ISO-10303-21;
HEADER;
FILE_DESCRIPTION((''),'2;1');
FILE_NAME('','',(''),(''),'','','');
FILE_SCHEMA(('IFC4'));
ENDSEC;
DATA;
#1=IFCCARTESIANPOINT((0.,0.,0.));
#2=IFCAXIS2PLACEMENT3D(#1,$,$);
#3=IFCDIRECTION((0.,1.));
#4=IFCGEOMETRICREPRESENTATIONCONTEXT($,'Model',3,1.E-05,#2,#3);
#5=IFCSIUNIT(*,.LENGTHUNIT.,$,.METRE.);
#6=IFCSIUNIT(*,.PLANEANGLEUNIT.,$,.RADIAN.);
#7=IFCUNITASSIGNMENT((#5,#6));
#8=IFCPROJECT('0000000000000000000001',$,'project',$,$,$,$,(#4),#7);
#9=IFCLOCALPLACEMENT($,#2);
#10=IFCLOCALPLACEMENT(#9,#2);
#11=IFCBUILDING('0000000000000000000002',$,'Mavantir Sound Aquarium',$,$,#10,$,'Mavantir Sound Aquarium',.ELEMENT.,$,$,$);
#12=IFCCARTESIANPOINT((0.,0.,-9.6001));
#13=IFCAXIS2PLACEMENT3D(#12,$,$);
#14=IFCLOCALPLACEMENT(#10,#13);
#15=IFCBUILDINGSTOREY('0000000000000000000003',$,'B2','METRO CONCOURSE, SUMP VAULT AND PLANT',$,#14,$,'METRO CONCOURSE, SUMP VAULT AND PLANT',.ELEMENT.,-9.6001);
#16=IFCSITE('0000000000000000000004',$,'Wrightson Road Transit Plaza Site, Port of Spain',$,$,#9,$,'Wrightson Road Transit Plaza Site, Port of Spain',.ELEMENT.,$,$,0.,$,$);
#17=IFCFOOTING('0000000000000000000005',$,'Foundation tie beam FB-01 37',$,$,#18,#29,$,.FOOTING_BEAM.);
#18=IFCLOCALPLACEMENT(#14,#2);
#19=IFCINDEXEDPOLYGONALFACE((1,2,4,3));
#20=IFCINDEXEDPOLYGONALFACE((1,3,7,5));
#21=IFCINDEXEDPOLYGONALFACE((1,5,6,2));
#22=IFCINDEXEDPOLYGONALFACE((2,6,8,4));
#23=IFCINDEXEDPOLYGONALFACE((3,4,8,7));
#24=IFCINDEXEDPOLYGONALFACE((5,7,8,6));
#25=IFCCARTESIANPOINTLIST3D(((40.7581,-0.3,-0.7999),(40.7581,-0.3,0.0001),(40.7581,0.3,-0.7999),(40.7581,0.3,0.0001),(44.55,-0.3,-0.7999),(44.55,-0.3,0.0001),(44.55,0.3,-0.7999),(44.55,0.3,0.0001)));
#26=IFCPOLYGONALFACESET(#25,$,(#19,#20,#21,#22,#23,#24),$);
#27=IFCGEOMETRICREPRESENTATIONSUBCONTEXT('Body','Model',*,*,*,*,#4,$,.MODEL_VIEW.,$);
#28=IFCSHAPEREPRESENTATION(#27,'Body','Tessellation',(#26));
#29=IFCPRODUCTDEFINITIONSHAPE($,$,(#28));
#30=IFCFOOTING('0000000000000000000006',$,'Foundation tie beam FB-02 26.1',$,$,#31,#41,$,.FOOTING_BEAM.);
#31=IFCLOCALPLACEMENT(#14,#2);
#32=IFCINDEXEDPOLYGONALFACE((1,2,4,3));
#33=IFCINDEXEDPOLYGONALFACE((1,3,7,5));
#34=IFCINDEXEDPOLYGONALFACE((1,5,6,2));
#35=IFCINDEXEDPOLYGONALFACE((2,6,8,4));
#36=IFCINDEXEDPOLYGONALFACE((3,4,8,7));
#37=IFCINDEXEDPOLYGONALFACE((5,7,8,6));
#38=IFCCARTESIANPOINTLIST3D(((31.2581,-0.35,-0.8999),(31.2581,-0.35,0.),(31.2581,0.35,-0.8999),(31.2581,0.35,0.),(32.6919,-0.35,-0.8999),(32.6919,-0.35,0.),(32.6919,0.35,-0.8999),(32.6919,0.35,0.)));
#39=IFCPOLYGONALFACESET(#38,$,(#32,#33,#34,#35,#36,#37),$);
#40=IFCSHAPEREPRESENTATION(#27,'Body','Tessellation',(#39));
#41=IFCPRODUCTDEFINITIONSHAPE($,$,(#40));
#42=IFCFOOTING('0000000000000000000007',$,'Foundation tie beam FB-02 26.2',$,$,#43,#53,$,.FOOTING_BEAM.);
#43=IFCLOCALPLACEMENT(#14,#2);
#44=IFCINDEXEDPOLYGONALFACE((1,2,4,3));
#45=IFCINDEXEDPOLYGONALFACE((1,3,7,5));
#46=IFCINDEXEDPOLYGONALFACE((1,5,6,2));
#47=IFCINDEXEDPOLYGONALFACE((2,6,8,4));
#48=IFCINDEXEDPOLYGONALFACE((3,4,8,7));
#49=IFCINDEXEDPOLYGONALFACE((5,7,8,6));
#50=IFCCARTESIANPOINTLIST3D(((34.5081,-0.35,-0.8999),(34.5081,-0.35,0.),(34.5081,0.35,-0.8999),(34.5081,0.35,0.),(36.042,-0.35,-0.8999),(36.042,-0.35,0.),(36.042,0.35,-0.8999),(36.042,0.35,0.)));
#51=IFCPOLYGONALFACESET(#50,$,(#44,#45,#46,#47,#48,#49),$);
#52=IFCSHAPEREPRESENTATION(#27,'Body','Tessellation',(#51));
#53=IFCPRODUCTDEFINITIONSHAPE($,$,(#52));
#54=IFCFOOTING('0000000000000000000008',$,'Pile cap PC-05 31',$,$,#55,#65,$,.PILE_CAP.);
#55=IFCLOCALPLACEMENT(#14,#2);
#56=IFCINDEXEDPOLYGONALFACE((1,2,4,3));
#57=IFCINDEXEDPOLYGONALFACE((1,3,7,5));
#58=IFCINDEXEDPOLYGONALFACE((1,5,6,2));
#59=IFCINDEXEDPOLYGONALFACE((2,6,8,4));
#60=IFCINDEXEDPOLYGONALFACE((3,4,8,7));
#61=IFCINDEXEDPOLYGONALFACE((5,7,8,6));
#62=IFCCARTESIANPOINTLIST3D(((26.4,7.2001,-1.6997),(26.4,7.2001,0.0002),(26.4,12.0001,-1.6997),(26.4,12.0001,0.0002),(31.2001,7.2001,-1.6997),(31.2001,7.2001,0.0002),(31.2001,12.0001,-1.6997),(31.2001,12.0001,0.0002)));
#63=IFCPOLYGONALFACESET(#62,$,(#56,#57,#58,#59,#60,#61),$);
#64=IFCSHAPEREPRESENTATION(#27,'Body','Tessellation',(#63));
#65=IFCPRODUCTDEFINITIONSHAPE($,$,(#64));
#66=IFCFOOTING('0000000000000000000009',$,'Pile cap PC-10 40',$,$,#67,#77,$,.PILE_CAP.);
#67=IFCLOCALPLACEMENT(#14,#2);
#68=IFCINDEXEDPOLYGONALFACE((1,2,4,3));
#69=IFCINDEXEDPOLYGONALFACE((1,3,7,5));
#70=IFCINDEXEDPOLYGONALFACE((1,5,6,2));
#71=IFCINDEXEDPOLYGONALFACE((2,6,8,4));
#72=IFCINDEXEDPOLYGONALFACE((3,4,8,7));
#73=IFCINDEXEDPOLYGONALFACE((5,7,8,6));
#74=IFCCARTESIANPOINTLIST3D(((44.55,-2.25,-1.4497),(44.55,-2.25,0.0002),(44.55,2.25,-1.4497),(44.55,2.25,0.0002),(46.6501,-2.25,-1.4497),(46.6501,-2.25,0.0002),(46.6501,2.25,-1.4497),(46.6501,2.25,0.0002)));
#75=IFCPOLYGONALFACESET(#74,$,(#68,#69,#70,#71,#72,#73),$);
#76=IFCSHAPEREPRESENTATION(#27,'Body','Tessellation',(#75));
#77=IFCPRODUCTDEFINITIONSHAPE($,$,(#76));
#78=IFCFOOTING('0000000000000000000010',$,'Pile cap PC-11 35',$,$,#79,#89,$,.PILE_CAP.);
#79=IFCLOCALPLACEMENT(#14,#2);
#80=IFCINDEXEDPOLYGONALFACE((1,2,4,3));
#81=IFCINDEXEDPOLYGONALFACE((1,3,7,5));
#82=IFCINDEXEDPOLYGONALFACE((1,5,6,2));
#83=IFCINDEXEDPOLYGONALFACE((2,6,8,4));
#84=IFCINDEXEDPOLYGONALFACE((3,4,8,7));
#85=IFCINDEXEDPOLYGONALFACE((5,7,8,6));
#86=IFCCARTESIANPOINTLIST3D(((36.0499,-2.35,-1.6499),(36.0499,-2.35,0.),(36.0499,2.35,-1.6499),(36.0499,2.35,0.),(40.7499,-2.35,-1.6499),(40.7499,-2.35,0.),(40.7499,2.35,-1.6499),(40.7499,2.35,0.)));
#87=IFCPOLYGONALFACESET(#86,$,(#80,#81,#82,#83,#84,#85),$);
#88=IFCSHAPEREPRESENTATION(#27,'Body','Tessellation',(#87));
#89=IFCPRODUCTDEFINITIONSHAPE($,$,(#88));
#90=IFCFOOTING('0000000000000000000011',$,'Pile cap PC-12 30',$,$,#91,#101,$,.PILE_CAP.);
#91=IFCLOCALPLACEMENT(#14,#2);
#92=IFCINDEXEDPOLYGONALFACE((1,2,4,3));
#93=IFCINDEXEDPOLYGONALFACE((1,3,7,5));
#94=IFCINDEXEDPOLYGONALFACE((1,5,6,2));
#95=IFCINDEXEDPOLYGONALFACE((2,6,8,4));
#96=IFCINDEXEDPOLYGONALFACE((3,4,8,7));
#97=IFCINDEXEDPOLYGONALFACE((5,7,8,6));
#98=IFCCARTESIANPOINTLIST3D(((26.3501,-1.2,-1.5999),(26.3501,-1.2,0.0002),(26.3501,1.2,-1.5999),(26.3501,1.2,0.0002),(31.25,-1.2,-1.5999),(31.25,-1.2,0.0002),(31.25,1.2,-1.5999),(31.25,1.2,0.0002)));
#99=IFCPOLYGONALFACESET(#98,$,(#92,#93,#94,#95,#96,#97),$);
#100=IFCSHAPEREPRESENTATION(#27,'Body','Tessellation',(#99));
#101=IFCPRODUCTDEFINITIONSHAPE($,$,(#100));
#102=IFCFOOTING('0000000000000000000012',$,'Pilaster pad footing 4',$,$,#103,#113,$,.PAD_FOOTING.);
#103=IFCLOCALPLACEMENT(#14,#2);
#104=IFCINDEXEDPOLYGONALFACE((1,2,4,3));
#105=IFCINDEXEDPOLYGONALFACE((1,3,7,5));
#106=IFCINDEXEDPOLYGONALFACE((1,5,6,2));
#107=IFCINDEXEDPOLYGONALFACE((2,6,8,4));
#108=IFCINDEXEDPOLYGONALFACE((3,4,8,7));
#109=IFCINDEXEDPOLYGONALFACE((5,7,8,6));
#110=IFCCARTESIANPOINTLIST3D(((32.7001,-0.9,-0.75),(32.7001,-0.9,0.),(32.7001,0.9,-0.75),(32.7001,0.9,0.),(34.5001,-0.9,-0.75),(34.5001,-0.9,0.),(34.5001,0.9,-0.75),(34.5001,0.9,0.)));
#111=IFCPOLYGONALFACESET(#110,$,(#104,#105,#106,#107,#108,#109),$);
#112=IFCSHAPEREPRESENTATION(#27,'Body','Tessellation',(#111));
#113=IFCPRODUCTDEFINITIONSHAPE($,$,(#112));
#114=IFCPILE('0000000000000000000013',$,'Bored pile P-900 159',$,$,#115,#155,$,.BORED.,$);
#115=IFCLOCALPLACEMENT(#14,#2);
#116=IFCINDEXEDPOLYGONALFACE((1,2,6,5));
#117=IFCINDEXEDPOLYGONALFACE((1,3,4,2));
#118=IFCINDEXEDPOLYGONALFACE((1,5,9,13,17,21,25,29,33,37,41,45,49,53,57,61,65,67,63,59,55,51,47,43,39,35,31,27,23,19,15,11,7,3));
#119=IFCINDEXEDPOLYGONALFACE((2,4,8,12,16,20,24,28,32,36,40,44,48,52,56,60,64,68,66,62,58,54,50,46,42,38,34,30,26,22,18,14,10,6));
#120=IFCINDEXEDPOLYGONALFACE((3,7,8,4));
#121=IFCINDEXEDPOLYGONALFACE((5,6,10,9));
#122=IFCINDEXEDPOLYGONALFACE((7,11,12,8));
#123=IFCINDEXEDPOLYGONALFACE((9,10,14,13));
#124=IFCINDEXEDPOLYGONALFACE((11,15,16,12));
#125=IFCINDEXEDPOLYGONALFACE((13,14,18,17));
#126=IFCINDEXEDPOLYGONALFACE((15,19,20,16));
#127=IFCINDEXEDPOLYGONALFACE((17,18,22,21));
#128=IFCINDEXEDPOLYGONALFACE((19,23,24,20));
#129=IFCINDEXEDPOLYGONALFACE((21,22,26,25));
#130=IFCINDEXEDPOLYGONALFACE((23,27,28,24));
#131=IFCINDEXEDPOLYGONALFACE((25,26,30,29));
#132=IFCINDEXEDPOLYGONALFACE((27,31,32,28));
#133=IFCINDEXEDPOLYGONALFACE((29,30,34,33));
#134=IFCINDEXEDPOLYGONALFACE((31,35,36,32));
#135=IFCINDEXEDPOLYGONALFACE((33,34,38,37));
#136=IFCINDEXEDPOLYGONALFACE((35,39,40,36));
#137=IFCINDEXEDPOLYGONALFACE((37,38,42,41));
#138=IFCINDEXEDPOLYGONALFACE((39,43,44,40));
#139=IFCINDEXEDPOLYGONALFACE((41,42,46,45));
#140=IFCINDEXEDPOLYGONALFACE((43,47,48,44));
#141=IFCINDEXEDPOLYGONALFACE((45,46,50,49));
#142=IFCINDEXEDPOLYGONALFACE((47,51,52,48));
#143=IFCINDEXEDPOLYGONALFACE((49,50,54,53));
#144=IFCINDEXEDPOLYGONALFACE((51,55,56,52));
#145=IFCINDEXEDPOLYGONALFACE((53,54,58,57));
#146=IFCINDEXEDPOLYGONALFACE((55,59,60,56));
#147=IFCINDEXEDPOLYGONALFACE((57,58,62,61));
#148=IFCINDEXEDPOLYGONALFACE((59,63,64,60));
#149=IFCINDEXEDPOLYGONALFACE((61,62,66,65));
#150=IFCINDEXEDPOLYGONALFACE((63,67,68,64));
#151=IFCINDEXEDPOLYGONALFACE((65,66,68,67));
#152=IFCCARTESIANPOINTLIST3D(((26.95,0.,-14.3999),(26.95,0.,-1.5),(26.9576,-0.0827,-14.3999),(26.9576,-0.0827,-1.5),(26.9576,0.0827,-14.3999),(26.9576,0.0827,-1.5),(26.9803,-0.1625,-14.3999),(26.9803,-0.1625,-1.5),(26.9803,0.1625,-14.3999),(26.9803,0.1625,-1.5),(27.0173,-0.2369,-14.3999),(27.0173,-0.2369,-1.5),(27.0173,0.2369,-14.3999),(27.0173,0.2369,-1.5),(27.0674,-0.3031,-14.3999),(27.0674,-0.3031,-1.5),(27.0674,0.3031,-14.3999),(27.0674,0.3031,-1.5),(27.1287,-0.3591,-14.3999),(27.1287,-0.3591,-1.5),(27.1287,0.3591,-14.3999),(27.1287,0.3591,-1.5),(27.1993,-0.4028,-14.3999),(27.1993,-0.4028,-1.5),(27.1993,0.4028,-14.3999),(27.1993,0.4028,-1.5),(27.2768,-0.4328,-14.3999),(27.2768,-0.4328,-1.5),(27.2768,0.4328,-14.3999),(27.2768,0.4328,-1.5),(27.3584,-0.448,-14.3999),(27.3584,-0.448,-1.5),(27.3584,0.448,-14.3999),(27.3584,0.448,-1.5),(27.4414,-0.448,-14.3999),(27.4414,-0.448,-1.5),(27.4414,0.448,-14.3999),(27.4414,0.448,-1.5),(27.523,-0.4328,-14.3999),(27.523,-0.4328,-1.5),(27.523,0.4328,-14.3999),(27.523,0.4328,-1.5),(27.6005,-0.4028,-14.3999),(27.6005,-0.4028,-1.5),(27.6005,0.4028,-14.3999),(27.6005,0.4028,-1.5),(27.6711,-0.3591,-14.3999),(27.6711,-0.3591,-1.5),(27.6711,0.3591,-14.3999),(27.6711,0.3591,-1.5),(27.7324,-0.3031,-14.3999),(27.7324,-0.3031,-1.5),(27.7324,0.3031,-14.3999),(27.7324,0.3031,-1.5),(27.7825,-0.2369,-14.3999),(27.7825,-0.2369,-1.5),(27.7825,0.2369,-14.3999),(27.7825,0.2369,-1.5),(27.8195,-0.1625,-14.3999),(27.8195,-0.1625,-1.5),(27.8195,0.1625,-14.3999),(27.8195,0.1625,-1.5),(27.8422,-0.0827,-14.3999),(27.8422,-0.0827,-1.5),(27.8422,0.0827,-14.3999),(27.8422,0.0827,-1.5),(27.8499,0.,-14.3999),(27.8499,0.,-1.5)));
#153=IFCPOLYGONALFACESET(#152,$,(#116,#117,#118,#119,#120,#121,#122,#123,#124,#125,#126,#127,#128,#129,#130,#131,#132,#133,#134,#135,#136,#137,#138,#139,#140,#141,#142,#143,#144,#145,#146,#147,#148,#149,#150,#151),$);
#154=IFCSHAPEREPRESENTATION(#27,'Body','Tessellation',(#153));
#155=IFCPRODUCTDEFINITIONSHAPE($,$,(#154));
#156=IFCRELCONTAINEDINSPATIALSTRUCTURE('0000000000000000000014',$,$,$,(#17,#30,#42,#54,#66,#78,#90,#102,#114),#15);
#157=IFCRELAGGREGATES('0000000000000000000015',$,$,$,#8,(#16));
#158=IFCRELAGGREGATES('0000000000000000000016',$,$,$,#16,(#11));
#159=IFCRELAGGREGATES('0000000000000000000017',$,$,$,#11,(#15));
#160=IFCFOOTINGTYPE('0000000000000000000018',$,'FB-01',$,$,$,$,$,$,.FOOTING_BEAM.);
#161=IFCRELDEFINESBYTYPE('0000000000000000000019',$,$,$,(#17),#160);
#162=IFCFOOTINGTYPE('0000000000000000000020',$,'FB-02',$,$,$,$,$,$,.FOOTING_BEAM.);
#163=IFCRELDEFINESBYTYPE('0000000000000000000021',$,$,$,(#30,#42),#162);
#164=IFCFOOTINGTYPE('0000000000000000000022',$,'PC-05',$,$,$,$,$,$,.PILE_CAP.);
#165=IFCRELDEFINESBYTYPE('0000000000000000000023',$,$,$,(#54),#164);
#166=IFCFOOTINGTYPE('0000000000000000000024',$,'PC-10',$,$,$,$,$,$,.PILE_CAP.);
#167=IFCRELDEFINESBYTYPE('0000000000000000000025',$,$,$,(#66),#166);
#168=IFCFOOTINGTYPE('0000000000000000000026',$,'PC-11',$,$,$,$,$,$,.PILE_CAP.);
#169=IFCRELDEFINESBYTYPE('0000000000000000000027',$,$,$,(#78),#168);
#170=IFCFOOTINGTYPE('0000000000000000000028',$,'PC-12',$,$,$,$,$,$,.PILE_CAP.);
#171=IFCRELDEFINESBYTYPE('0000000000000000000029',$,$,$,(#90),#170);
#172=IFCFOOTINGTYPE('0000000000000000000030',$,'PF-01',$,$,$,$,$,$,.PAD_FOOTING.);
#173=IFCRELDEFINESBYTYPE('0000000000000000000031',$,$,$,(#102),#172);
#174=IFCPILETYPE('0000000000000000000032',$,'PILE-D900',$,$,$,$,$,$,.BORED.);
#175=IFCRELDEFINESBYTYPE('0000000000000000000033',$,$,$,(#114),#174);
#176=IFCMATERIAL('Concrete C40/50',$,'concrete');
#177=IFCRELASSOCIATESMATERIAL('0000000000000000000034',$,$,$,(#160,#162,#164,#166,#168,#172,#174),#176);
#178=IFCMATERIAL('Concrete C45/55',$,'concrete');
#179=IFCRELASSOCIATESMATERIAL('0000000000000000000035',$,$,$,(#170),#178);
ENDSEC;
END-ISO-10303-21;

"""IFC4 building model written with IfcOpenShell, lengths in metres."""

from ifc_helpers import new_model, si_unit, direction, frame, origin, origin_2d, place, context, subcontext, project, spatial, rectangle, circle, extrude, material, material_profile, profile_set, type_object, element, save


model = new_model("IFC4")

# Units and contexts
model_context = context("Model", 3, precision=1e-05, world=origin(), true_north=direction((0.0, 1.0)))
body_context = subcontext(model_context, "Body", "Model", "MODEL_VIEW")
ifc_project = project(units=[si_unit("LENGTHUNIT", "METRE"), si_unit("PLANEANGLEUNIT", "RADIAN")], contexts=[model_context])

# Site, building, storey
site_placement = place(None, origin())
site = spatial("IfcSite", under=ifc_project, at=site_placement, Name="Wrightson Road Transit Plaza Site, Port of Spain", LongName="Wrightson Road Transit Plaza Site, Port of Spain", CompositionType="ELEMENT", RefElevation=0.0)
building_placement = place(site_placement, origin())
building = spatial("IfcBuilding", under=site, at=building_placement, Name="Mavantir Sound Aquarium", LongName="Mavantir Sound Aquarium", CompositionType="ELEMENT")
storey_placement = place(building_placement, frame((0.0, 0.0, -9.6001)))
storey = spatial("IfcBuildingStorey", under=building, at=storey_placement, Name="B2", Description="METRO CONCOURSE, SUMP VAULT AND PLANT", LongName="METRO CONCOURSE, SUMP VAULT AND PLANT", CompositionType="ELEMENT", Elevation=-9.6001)

# Footings
ifc_material_1 = material(Name="Concrete C40/50", Category="concrete")
ifc_material_profile_1 = material_profile(ifc_material_1, rectangle(XDim=0.6001, YDim=0.8, at=origin_2d()), Name="RC 600X800")
ifc_profile_set_1 = profile_set([ifc_material_profile_1], Name="Concrete C40/50")
footing_type_1 = type_object("IfcFootingType", Name="FB-01", PredefinedType="FOOTING_BEAM", material=ifc_profile_set_1)
footing_1_placement = place(storey_placement, frame((40.7581, 0.0, -0.3999), z_axis=(1.0, 0.0, 0.0), x_axis=(0.0, 1.0, 0.0)))
element("IfcFooting", 1, at=footing_1_placement, inside=storey, type_object=footing_type_1, Name="Foundation tie beam FB-01 37", PredefinedType="FOOTING_BEAM", context=body_context, shape_type="SweptSolid", body=[
    extrude(rectangle(XDim=0.6001, YDim=0.8, at=origin_2d()), origin(), (0.0, 0.0, 1.0), 3.792),
])
ifc_material_profile_2 = material_profile(ifc_material_1, rectangle(XDim=0.7, YDim=0.8999, at=origin_2d()), Name="RC 700X900")
ifc_profile_set_2 = profile_set([ifc_material_profile_2], Name="Concrete C40/50")
footing_type_2 = type_object("IfcFootingType", Name="FB-02", PredefinedType="FOOTING_BEAM", material=ifc_profile_set_2)
footing_2_placement = place(storey_placement, frame((31.2581, 0.0, -0.45), z_axis=(1.0, 0.0, 0.0), x_axis=(0.0, 1.0, 0.0)))
element("IfcFooting", 2, at=footing_2_placement, inside=storey, type_object=footing_type_2, Name="Foundation tie beam FB-02 26.1", PredefinedType="FOOTING_BEAM", context=body_context, shape_type="SweptSolid", body=[
    extrude(rectangle(XDim=0.7, YDim=0.8999, at=origin_2d()), origin(), (0.0, 0.0, 1.0), 1.4338),
])
footing_3_placement = place(storey_placement, frame((34.5081, 0.0, -0.45), z_axis=(1.0, 0.0, 0.0), x_axis=(0.0, 1.0, 0.0)))
element("IfcFooting", 3, at=footing_3_placement, inside=storey, type_object=footing_type_2, Name="Foundation tie beam FB-02 26.2", PredefinedType="FOOTING_BEAM", context=body_context, shape_type="SweptSolid", body=[
    extrude(rectangle(XDim=0.7, YDim=0.8999, at=origin_2d()), origin(), (0.0, 0.0, 1.0), 1.5339),
])
footing_type_3 = type_object("IfcFootingType", Name="PC-05", PredefinedType="PILE_CAP", material=ifc_material_1)
footing_4_placement = place(storey_placement, frame((28.8, 9.6001, -1.6997), z_axis=(0.0, 0.0, 1.0), x_axis=(1.0, 0.0, 0.0)))
element("IfcFooting", 4, at=footing_4_placement, inside=storey, type_object=footing_type_3, Name="Pile cap PC-05 31", PredefinedType="PILE_CAP", context=body_context, shape_type="SweptSolid", body=[
    extrude(rectangle(XDim=4.8, YDim=4.8, at=origin_2d()), origin(), (0.0, 0.0, 1.0), 1.7),
])
footing_type_4 = type_object("IfcFootingType", Name="PC-10", PredefinedType="PILE_CAP", material=ifc_material_1)
footing_5_placement = place(storey_placement, frame((45.6001, 0.0, -1.4497), z_axis=(0.0, 0.0, 1.0), x_axis=(1.0, 0.0, 0.0)))
element("IfcFooting", 5, at=footing_5_placement, inside=storey, type_object=footing_type_4, Name="Pile cap PC-10 40", PredefinedType="PILE_CAP", context=body_context, shape_type="SweptSolid", body=[
    extrude(rectangle(XDim=2.1001, YDim=4.5, at=origin_2d()), origin(), (0.0, 0.0, 1.0), 1.45),
])
footing_type_5 = type_object("IfcFootingType", Name="PC-11", PredefinedType="PILE_CAP", material=ifc_material_1)
footing_6_placement = place(storey_placement, frame((38.3999, 0.0, -1.6499), z_axis=(0.0, 0.0, 1.0), x_axis=(1.0, 0.0, 0.0)))
element("IfcFooting", 6, at=footing_6_placement, inside=storey, type_object=footing_type_5, Name="Pile cap PC-11 35", PredefinedType="PILE_CAP", context=body_context, shape_type="SweptSolid", body=[
    extrude(rectangle(XDim=4.7, YDim=4.7, at=origin_2d()), origin(), (0.0, 0.0, 1.0), 1.6499),
])
ifc_material_2 = material(Name="Concrete C45/55", Category="concrete")
footing_type_6 = type_object("IfcFootingType", Name="PC-12", PredefinedType="PILE_CAP", material=ifc_material_2)
footing_7_placement = place(storey_placement, frame((28.8, 0.0, -1.5999), z_axis=(0.0, 0.0, 1.0), x_axis=(1.0, 0.0, 0.0)))
element("IfcFooting", 7, at=footing_7_placement, inside=storey, type_object=footing_type_6, Name="Pile cap PC-12 30", PredefinedType="PILE_CAP", context=body_context, shape_type="SweptSolid", body=[
    extrude(rectangle(XDim=4.8999, YDim=2.3999, at=origin_2d()), origin(), (0.0, 0.0, 1.0), 1.6001),
])
footing_type_7 = type_object("IfcFootingType", Name="PF-01", PredefinedType="PAD_FOOTING", material=ifc_material_1)
footing_8_placement = place(storey_placement, frame((33.6001, 0.0, -0.75), z_axis=(0.0, 0.0, 1.0), x_axis=(1.0, 0.0, 0.0)))
element("IfcFooting", 8, at=footing_8_placement, inside=storey, type_object=footing_type_7, Name="Pilaster pad footing 4", PredefinedType="PAD_FOOTING", context=body_context, shape_type="SweptSolid", body=[
    extrude(rectangle(XDim=1.8, YDim=1.8, at=origin_2d()), origin(), (0.0, 0.0, 1.0), 0.75),
])

# Pile
ifc_material_profile_3 = material_profile(ifc_material_1, circle(Radius=0.45, at=origin_2d()), Name="PILE D900")
ifc_profile_set_3 = profile_set([ifc_material_profile_3], Name="Concrete C40/50")
pile_type = type_object("IfcPileType", Name="PILE-D900", PredefinedType="BORED", material=ifc_profile_set_3)
for number, where, z_axis, x_axis, name in (
    (9, (27.3999, 0.0, -1.5), (0.0, 0.0, -1.0), (1.0, 0.0, 0.0), "Bored pile P-900 159"),
):
    element("IfcPile", number, at=place(storey_placement, frame(where, z_axis=z_axis, x_axis=x_axis)), inside=storey, type_object=pile_type, Name=name, PredefinedType="BORED", context=body_context, shape_type="SweptSolid", body=[
        extrude(circle(Radius=0.45, at=origin_2d()), origin(), (0.0, 0.0, 1.0), 12.8999),
    ])

save(model, "model.ifc")
